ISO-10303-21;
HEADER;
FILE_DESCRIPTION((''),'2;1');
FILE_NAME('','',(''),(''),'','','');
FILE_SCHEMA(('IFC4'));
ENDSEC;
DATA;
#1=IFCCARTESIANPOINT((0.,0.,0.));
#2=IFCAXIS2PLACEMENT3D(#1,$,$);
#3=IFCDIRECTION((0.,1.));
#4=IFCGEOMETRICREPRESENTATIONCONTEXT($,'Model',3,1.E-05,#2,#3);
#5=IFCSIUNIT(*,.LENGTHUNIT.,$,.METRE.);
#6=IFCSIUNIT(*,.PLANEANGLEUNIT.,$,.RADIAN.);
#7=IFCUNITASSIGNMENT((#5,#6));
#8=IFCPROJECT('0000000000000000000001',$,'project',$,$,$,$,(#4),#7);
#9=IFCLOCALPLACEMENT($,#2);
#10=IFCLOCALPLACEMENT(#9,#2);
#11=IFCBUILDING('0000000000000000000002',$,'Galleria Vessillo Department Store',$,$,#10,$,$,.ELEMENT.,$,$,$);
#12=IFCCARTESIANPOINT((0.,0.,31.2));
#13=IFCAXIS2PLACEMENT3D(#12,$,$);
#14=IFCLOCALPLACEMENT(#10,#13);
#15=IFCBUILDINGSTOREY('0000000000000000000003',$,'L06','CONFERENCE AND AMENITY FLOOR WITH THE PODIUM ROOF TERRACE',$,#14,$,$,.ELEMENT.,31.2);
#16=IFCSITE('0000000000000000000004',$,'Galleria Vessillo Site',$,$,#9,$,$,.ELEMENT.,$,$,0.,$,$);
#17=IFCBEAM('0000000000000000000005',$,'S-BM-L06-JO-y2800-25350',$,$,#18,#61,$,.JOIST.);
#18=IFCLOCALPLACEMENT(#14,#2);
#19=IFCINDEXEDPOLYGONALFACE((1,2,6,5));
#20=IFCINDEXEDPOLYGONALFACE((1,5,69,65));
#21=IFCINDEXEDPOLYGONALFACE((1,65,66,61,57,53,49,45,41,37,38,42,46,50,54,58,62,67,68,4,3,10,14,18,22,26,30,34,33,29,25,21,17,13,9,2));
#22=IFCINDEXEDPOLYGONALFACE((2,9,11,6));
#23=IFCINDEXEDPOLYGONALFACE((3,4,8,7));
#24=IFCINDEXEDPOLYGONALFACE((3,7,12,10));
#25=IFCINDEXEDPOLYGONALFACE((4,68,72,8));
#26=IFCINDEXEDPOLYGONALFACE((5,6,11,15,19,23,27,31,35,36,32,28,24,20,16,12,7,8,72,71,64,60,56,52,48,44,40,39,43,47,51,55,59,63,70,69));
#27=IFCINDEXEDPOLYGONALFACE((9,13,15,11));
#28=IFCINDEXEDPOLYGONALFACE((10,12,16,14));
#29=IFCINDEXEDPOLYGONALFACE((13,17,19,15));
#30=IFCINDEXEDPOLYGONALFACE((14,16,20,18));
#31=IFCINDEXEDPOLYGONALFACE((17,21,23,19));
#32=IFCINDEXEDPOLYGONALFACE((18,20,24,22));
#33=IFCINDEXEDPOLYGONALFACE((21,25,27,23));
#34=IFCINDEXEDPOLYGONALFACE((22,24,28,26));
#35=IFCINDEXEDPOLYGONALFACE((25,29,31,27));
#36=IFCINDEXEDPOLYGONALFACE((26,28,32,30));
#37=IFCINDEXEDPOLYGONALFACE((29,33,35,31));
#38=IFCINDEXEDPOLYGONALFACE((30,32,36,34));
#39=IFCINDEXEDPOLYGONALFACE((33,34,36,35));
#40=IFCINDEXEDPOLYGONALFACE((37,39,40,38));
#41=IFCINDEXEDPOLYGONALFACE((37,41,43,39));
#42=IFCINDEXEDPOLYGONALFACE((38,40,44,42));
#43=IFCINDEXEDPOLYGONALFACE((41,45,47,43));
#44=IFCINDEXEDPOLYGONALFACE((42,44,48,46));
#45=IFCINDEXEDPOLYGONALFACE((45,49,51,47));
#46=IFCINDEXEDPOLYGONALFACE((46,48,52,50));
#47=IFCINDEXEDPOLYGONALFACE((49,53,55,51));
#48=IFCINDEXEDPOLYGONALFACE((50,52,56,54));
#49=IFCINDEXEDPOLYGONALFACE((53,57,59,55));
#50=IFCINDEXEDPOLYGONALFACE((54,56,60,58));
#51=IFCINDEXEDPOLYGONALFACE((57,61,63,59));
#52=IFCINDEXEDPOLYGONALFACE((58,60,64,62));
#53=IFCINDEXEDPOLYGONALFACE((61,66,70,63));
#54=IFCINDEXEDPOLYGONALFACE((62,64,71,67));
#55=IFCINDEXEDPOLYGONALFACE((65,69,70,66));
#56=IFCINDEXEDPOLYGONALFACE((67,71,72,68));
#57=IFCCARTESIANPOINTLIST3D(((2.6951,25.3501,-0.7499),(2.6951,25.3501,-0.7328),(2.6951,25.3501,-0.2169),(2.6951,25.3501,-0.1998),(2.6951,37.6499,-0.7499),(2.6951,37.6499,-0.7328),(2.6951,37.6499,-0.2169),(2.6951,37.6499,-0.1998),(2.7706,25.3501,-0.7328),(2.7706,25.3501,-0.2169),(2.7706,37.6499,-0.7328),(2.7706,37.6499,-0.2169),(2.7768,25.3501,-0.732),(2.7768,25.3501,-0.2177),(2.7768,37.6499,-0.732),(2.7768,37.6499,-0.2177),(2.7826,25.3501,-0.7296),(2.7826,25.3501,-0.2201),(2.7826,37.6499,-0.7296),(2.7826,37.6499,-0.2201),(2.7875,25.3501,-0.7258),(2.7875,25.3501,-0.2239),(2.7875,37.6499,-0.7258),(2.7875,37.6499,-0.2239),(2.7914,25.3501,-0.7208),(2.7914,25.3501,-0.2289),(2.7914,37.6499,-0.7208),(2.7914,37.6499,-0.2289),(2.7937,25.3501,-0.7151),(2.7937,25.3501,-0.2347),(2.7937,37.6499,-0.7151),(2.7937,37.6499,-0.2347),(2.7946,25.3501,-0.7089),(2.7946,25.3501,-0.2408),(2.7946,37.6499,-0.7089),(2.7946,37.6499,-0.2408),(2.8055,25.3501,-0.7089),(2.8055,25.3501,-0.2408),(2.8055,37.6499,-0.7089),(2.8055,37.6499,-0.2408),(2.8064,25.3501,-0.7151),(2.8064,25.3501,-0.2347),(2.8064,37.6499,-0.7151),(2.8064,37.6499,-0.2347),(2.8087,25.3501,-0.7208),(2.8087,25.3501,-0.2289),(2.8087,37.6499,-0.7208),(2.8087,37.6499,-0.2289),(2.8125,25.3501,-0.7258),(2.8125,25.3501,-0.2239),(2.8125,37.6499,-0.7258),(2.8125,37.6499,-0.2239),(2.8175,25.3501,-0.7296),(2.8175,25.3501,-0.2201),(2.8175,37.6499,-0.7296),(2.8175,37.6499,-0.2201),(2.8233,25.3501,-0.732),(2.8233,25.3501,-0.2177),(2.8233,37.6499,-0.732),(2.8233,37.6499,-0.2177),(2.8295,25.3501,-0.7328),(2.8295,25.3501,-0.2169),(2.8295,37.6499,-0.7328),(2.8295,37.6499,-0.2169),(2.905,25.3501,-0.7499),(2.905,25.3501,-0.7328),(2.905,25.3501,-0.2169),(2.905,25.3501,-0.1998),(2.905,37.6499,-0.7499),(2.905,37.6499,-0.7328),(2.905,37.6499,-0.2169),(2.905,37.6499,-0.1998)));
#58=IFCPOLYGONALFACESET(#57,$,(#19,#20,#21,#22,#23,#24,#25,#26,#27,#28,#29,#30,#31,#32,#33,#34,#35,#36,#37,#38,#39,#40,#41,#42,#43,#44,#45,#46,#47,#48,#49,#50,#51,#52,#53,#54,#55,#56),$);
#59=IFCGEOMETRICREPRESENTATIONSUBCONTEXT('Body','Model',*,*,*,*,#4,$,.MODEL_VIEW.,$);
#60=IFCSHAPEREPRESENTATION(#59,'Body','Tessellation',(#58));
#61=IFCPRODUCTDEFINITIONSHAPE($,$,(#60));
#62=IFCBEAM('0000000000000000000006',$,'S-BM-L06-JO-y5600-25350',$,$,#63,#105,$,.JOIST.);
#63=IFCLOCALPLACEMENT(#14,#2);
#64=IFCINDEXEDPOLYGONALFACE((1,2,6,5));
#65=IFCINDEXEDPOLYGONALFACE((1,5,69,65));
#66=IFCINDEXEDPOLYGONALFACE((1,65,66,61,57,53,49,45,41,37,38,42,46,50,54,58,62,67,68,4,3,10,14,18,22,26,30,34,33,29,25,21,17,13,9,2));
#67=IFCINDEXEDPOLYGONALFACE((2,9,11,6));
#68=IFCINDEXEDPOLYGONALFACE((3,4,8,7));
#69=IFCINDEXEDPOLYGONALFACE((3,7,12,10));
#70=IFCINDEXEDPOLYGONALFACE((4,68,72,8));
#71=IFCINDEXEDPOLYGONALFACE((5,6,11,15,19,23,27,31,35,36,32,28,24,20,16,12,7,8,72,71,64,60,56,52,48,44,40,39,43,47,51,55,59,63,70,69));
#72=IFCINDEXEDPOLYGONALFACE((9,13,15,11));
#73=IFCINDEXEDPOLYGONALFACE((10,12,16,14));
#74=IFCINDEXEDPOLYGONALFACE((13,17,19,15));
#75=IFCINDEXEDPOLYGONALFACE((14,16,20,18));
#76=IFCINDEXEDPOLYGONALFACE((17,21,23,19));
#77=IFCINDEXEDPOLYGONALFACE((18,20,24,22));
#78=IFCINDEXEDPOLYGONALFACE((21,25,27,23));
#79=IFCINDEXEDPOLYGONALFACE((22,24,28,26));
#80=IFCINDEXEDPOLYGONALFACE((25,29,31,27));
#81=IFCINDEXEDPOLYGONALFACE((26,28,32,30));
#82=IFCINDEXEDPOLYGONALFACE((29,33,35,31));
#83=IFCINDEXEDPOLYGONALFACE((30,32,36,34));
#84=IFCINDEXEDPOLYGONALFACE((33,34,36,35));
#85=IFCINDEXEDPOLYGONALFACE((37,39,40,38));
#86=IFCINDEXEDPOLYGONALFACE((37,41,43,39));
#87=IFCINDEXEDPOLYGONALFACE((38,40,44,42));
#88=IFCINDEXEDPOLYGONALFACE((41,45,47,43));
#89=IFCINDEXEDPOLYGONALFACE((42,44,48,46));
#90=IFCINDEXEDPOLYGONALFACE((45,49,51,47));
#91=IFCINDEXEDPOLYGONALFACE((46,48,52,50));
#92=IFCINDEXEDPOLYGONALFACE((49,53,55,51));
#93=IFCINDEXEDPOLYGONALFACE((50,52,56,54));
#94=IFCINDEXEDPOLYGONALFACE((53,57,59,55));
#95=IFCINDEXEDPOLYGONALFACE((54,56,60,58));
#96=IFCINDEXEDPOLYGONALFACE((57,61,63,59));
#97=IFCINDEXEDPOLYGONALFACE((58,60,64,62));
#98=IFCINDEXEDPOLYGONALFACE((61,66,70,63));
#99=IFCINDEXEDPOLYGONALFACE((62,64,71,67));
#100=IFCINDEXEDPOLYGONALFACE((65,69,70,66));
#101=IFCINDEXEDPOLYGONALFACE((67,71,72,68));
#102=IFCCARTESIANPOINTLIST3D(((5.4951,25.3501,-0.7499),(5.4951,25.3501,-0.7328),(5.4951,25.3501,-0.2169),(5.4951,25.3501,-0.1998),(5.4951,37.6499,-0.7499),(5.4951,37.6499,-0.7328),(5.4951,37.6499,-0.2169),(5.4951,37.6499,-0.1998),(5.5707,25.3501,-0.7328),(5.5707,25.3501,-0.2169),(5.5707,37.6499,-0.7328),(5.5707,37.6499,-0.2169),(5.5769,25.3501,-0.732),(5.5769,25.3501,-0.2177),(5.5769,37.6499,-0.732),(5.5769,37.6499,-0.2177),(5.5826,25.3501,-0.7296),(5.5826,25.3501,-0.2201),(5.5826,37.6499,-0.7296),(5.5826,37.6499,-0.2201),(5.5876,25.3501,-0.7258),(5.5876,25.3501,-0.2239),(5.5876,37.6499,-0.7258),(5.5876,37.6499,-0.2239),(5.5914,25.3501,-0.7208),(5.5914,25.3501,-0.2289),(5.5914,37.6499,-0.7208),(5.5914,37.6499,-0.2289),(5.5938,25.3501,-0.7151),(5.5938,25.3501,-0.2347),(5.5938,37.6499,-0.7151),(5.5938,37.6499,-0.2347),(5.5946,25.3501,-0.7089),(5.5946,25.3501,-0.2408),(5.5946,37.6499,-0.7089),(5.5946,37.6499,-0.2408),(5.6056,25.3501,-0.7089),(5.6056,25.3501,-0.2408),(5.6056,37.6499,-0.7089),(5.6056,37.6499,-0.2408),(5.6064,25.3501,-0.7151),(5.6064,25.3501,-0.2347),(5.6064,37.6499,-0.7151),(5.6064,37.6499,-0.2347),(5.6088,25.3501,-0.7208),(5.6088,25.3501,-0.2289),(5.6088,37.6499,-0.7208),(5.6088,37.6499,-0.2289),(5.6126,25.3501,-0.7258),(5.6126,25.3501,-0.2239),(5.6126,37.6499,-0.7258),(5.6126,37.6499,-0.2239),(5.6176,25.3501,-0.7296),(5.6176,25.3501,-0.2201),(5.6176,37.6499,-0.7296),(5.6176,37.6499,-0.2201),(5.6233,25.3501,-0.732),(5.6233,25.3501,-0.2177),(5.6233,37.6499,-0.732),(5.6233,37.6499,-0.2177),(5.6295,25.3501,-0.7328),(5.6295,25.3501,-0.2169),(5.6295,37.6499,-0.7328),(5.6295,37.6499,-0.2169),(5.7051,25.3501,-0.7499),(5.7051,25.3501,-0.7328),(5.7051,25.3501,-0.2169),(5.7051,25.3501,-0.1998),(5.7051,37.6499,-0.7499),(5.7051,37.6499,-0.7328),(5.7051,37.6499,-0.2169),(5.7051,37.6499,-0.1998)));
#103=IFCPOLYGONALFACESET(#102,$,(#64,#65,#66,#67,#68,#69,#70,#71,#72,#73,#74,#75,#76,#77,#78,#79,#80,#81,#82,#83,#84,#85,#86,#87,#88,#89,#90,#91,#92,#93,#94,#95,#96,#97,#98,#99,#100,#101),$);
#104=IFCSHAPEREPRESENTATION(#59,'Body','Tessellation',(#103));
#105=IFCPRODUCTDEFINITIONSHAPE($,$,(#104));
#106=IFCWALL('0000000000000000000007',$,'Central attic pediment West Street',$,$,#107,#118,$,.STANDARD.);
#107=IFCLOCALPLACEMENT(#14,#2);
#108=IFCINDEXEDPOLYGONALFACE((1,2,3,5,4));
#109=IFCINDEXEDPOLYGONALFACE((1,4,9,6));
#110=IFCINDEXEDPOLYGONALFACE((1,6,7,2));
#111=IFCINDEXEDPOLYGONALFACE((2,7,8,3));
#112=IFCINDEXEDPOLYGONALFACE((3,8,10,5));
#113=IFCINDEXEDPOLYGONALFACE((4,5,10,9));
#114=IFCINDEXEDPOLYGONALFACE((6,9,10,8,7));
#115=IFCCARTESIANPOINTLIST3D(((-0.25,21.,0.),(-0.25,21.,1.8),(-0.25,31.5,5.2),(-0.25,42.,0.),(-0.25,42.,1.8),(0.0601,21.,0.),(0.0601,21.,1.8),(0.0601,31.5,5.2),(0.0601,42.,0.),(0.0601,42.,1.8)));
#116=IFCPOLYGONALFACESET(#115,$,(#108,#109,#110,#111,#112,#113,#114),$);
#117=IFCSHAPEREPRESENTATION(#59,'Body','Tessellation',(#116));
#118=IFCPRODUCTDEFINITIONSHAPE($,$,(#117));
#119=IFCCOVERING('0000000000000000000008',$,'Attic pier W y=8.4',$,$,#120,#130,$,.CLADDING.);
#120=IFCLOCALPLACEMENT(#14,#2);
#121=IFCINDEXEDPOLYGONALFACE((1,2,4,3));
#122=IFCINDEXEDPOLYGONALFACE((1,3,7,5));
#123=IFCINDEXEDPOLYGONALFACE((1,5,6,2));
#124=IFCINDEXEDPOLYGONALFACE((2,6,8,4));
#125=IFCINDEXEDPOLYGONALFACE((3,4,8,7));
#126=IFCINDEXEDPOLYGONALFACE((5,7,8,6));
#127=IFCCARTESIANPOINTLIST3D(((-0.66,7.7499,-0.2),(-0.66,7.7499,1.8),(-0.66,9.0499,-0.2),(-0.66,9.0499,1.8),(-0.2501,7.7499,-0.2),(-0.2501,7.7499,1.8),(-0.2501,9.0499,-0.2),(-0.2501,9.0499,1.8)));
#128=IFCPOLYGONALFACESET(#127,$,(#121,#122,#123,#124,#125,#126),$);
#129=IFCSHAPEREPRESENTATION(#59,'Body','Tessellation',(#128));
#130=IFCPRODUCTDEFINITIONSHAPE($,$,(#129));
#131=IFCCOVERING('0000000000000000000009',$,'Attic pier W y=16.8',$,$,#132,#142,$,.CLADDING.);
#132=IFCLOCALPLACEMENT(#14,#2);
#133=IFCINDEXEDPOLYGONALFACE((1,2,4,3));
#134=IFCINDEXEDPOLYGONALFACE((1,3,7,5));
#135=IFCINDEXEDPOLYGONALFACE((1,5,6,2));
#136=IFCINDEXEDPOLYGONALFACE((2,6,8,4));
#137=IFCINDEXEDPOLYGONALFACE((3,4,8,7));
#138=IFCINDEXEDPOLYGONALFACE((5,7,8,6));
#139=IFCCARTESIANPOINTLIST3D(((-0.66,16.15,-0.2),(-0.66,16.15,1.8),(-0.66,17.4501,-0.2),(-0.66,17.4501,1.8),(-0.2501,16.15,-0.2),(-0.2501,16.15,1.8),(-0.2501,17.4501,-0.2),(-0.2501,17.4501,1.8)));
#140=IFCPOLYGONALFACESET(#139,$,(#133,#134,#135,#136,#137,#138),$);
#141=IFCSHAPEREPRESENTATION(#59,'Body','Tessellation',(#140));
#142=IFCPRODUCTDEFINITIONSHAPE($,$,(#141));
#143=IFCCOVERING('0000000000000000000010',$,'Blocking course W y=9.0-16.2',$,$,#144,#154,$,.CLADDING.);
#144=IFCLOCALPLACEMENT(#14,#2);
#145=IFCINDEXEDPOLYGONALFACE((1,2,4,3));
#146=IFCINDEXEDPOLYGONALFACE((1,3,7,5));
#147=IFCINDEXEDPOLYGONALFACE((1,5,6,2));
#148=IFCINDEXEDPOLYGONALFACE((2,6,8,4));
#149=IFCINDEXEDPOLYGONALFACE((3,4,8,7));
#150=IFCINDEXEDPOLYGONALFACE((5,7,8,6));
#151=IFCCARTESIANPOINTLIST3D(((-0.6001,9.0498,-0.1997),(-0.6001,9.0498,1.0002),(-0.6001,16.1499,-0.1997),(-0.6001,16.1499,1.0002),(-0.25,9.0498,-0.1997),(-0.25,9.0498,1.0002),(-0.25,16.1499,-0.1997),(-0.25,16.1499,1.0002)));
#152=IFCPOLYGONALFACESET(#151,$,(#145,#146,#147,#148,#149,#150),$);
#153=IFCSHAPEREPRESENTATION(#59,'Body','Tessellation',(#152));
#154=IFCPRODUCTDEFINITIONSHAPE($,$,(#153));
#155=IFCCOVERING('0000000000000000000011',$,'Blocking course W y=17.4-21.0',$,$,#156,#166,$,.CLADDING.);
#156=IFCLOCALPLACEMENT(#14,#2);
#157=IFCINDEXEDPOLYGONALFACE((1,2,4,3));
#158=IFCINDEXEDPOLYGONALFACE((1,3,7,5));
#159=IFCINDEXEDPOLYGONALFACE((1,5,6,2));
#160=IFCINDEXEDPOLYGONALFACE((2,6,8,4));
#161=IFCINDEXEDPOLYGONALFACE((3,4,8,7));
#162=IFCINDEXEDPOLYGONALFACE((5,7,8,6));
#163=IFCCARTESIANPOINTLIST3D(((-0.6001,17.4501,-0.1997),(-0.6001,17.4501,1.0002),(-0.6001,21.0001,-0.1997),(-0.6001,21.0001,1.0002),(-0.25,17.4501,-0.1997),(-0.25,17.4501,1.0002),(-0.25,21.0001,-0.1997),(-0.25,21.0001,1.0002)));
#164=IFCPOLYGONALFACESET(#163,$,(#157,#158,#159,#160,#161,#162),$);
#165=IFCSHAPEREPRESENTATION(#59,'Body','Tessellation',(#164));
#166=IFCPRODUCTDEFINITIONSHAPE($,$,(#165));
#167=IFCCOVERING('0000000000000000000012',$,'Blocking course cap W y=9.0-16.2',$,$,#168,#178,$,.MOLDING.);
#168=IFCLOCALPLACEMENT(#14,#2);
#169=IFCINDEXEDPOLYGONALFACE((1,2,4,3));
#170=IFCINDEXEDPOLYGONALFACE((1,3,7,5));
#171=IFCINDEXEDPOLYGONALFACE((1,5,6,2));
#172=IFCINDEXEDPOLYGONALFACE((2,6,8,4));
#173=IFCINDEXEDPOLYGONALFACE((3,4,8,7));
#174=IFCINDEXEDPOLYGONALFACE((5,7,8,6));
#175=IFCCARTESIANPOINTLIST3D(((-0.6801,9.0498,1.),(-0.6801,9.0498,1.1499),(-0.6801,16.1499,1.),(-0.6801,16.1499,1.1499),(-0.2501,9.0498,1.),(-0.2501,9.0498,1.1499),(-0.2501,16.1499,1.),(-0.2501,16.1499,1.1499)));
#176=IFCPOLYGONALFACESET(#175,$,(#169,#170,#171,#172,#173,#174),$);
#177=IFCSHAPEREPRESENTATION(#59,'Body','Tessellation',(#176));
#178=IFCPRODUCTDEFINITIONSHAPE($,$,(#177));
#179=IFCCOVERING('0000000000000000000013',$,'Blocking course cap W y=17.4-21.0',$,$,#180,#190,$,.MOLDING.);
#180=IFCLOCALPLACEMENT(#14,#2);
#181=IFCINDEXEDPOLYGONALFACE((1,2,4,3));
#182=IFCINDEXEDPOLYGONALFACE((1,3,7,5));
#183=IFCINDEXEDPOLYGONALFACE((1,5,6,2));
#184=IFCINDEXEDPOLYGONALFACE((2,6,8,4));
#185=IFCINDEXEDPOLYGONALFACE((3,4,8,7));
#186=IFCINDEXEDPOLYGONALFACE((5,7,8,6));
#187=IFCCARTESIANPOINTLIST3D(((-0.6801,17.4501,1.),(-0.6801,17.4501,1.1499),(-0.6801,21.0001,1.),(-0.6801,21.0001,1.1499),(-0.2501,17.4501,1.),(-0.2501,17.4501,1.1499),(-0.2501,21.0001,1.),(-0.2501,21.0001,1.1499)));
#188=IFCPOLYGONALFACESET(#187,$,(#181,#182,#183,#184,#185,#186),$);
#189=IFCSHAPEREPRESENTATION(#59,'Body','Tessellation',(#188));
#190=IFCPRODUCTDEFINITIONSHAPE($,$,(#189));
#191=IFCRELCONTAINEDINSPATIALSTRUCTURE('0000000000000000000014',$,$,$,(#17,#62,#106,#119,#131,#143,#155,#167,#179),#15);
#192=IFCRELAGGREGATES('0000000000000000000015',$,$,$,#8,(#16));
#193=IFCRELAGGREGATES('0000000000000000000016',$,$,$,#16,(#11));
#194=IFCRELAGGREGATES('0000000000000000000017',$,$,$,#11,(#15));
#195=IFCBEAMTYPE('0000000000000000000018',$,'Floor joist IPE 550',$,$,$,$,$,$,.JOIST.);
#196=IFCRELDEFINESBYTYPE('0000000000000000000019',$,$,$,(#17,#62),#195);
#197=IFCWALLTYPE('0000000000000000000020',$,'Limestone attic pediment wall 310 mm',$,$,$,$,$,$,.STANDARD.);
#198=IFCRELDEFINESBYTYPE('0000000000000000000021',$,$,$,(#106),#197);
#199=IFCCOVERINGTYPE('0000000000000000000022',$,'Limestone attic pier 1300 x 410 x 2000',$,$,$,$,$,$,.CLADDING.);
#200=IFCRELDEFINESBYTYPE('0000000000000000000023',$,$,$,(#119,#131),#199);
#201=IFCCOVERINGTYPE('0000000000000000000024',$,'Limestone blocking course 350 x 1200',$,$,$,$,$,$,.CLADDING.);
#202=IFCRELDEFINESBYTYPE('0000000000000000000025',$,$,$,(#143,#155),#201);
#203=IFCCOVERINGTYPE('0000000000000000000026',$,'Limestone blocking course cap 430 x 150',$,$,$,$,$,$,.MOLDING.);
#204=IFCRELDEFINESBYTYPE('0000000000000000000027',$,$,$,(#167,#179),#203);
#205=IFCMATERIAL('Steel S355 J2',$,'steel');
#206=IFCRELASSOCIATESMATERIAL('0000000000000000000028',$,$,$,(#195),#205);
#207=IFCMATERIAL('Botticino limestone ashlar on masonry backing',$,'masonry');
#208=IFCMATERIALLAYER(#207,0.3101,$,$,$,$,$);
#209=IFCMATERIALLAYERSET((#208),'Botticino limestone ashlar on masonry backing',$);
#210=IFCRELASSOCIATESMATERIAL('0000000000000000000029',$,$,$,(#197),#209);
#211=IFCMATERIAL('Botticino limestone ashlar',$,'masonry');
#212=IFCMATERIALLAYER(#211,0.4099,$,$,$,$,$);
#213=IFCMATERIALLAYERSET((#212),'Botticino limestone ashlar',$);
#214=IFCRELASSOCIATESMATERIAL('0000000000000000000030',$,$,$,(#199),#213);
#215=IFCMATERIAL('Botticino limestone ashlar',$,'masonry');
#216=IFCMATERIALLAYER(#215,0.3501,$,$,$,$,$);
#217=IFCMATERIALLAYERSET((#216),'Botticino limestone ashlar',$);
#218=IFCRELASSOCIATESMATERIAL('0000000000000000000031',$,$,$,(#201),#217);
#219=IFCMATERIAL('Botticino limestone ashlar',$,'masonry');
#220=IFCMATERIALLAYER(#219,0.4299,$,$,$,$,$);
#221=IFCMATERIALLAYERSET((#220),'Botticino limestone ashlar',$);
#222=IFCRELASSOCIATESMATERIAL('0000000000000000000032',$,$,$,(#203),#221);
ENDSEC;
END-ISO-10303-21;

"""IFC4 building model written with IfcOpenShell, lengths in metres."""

from ifc_helpers import new_model, si_unit, direction, frame, origin, origin_2d, place, context, subcontext, project, spatial, polyline, rectangle, i_section, outline, extrude, material, layer, layer_set, material_profile, profile_set, type_object, element, save


model = new_model("IFC4")

# Units and contexts
model_context = context("Model", 3, precision=1e-05, world=origin(), true_north=direction((0.0, 1.0)))
body_context = subcontext(model_context, "Body", "Model", "MODEL_VIEW")
ifc_project = project(units=[si_unit("LENGTHUNIT", "METRE"), si_unit("PLANEANGLEUNIT", "RADIAN")], contexts=[model_context])

# Site, building, storey
site_placement = place(None, origin())
site = spatial("IfcSite", under=ifc_project, at=site_placement, Name="Galleria Vessillo Site", CompositionType="ELEMENT", RefElevation=0.0)
building_placement = place(site_placement, origin())
building = spatial("IfcBuilding", under=site, at=building_placement, Name="Galleria Vessillo Department Store", CompositionType="ELEMENT")
storey_placement = place(building_placement, frame((0.0, 0.0, 31.2)))
storey = spatial("IfcBuildingStorey", under=building, at=storey_placement, Name="L06", Description="CONFERENCE AND AMENITY FLOOR WITH THE PODIUM ROOF TERRACE", CompositionType="ELEMENT", Elevation=31.2)

# Beams
ifc_material_1 = material(Name="Steel S355 J2", Category="steel")
ifc_material_profile_1 = material_profile(ifc_material_1, i_section(OverallWidth=0.21, OverallDepth=0.55, WebThickness=0.011, FlangeThickness=0.0171, FilletRadius=0.0239, at=origin_2d()), Name="IPE 550")
ifc_profile_set_1 = profile_set([ifc_material_profile_1], Name="Steel S355 J2")
beam_type_1 = type_object("IfcBeamType", Name="Floor joist IPE 550", PredefinedType="JOIST", material=ifc_profile_set_1)
for number, where, z_axis, x_axis, name in (
    (1, (2.8, 25.3501, -0.4749), (0.0, 1.0, 0.0), (-1.0, 0.0, 0.0), "S-BM-L06-JO-y2800-25350"),
    (2, (5.6001, 25.3501, -0.4749), (0.0, 1.0, 0.0), (-1.0, 0.0, 0.0), "S-BM-L06-JO-y5600-25350"),
):
    element("IfcBeam", number, at=place(storey_placement, frame(where, z_axis=z_axis, x_axis=x_axis)), inside=storey, type_object=beam_type_1, Name=name, PredefinedType="JOIST", context=body_context, shape_type="SweptSolid", body=[
        extrude(i_section(OverallWidth=0.21, OverallDepth=0.55, WebThickness=0.011, FlangeThickness=0.0171, FilletRadius=0.0239, at=origin_2d()), origin(), (0.0, 0.0, 1.0), 12.2998),
    ])

# Wall
ifc_material_2 = material(Name="Botticino limestone ashlar on masonry backing", Category="masonry")
ifc_layer_1 = layer(ifc_material_2, 0.3101)
ifc_layer_set_1 = layer_set([ifc_layer_1], Name="Botticino limestone ashlar on masonry backing")
wall_type = type_object("IfcWallType", Name="Limestone attic pediment wall 310 mm", PredefinedType="STANDARD", material=ifc_layer_set_1)
wall_placement = place(storey_placement, frame((-0.095, 21.0, 0.0), z_axis=(0.0, 0.0, 1.0), x_axis=(0.0, 1.0, 0.0)))
element("IfcWall", 3, at=wall_placement, inside=storey, type_object=wall_type, Name="Central attic pediment West Street", PredefinedType="STANDARD", context=body_context, shape_type="SweptSolid", body=[
    extrude(outline(polyline([(0.0, 0.0), (21.0, 0.0), (21.0, 1.8), (10.5, 5.2), (0.0, 1.8), (0.0, 0.0)])), frame((0.0, 0.155, 0.0), z_axis=(0.0, -1.0, 0.0), x_axis=(1.0, 0.0, 0.0)), (0.0, 0.0, 1.0), 0.3101),
])

# Coverings
ifc_material_3 = material(Name="Botticino limestone ashlar", Category="masonry")
ifc_layer_2 = layer(ifc_material_3, 0.4099)
ifc_layer_set_2 = layer_set([ifc_layer_2], Name="Botticino limestone ashlar")
covering_type_1 = type_object("IfcCoveringType", Name="Limestone attic pier 1300 x 410 x 2000", PredefinedType="CLADDING", material=ifc_layer_set_2)
for number, where, z_axis, x_axis, name in (
    (4, (-0.4551, 8.3999, -0.2), (0.0, 0.0, 1.0), (1.0, 0.0, 0.0), "Attic pier W y=8.4"),
    (5, (-0.4551, 16.8, -0.2), (0.0, 0.0, 1.0), (1.0, 0.0, 0.0), "Attic pier W y=16.8"),
):
    element("IfcCovering", number, at=place(storey_placement, frame(where, z_axis=z_axis, x_axis=x_axis)), inside=storey, type_object=covering_type_1, Name=name, PredefinedType="CLADDING", context=body_context, shape_type="SweptSolid", body=[
        extrude(rectangle(XDim=0.4099, YDim=1.3, at=origin_2d()), origin(), (0.0, 0.0, 1.0), 2.0),
    ])
ifc_material_4 = material(Name="Botticino limestone ashlar", Category="masonry")
ifc_layer_3 = layer(ifc_material_4, 0.3501)
ifc_layer_set_3 = layer_set([ifc_layer_3], Name="Botticino limestone ashlar")
covering_type_2 = type_object("IfcCoveringType", Name="Limestone blocking course 350 x 1200", PredefinedType="CLADDING", material=ifc_layer_set_3)
covering_1_placement = place(storey_placement, frame((-0.425, 12.5999, -0.1997), z_axis=(0.0, 0.0, 1.0), x_axis=(1.0, 0.0, 0.0)))
element("IfcCovering", 6, at=covering_1_placement, inside=storey, type_object=covering_type_2, Name="Blocking course W y=9.0-16.2", PredefinedType="CLADDING", context=body_context, shape_type="SweptSolid", body=[
    extrude(rectangle(XDim=0.3501, YDim=7.1001, at=origin_2d()), origin(), (0.0, 0.0, 1.0), 1.2),
])
covering_2_placement = place(storey_placement, frame((-0.425, 19.2251, -0.1997), z_axis=(0.0, 0.0, 1.0), x_axis=(1.0, 0.0, 0.0)))
element("IfcCovering", 7, at=covering_2_placement, inside=storey, type_object=covering_type_2, Name="Blocking course W y=17.4-21.0", PredefinedType="CLADDING", context=body_context, shape_type="SweptSolid", body=[
    extrude(rectangle(XDim=0.3501, YDim=3.55, at=origin_2d()), origin(), (0.0, 0.0, 1.0), 1.2),
])
ifc_material_5 = material(Name="Botticino limestone ashlar", Category="masonry")
ifc_layer_4 = layer(ifc_material_5, 0.4299)
ifc_layer_set_4 = layer_set([ifc_layer_4], Name="Botticino limestone ashlar")
covering_type_3 = type_object("IfcCoveringType", Name="Limestone blocking course cap 430 x 150", PredefinedType="MOLDING", material=ifc_layer_set_4)
covering_3_placement = place(storey_placement, frame((-0.4651, 12.5999, 1.0), z_axis=(0.0, 0.0, 1.0), x_axis=(1.0, 0.0, 0.0)))
element("IfcCovering", 8, at=covering_3_placement, inside=storey, type_object=covering_type_3, Name="Blocking course cap W y=9.0-16.2", PredefinedType="MOLDING", context=body_context, shape_type="SweptSolid", body=[
    extrude(rectangle(XDim=0.4299, YDim=7.1001, at=origin_2d()), origin(), (0.0, 0.0, 1.0), 0.1499),
])
covering_4_placement = place(storey_placement, frame((-0.4651, 19.2251, 1.0), z_axis=(0.0, 0.0, 1.0), x_axis=(1.0, 0.0, 0.0)))
element("IfcCovering", 9, at=covering_4_placement, inside=storey, type_object=covering_type_3, Name="Blocking course cap W y=17.4-21.0", PredefinedType="MOLDING", context=body_context, shape_type="SweptSolid", body=[
    extrude(rectangle(XDim=0.4299, YDim=3.55, at=origin_2d()), origin(), (0.0, 0.0, 1.0), 0.1499),
])

save(model, "model.ifc")
